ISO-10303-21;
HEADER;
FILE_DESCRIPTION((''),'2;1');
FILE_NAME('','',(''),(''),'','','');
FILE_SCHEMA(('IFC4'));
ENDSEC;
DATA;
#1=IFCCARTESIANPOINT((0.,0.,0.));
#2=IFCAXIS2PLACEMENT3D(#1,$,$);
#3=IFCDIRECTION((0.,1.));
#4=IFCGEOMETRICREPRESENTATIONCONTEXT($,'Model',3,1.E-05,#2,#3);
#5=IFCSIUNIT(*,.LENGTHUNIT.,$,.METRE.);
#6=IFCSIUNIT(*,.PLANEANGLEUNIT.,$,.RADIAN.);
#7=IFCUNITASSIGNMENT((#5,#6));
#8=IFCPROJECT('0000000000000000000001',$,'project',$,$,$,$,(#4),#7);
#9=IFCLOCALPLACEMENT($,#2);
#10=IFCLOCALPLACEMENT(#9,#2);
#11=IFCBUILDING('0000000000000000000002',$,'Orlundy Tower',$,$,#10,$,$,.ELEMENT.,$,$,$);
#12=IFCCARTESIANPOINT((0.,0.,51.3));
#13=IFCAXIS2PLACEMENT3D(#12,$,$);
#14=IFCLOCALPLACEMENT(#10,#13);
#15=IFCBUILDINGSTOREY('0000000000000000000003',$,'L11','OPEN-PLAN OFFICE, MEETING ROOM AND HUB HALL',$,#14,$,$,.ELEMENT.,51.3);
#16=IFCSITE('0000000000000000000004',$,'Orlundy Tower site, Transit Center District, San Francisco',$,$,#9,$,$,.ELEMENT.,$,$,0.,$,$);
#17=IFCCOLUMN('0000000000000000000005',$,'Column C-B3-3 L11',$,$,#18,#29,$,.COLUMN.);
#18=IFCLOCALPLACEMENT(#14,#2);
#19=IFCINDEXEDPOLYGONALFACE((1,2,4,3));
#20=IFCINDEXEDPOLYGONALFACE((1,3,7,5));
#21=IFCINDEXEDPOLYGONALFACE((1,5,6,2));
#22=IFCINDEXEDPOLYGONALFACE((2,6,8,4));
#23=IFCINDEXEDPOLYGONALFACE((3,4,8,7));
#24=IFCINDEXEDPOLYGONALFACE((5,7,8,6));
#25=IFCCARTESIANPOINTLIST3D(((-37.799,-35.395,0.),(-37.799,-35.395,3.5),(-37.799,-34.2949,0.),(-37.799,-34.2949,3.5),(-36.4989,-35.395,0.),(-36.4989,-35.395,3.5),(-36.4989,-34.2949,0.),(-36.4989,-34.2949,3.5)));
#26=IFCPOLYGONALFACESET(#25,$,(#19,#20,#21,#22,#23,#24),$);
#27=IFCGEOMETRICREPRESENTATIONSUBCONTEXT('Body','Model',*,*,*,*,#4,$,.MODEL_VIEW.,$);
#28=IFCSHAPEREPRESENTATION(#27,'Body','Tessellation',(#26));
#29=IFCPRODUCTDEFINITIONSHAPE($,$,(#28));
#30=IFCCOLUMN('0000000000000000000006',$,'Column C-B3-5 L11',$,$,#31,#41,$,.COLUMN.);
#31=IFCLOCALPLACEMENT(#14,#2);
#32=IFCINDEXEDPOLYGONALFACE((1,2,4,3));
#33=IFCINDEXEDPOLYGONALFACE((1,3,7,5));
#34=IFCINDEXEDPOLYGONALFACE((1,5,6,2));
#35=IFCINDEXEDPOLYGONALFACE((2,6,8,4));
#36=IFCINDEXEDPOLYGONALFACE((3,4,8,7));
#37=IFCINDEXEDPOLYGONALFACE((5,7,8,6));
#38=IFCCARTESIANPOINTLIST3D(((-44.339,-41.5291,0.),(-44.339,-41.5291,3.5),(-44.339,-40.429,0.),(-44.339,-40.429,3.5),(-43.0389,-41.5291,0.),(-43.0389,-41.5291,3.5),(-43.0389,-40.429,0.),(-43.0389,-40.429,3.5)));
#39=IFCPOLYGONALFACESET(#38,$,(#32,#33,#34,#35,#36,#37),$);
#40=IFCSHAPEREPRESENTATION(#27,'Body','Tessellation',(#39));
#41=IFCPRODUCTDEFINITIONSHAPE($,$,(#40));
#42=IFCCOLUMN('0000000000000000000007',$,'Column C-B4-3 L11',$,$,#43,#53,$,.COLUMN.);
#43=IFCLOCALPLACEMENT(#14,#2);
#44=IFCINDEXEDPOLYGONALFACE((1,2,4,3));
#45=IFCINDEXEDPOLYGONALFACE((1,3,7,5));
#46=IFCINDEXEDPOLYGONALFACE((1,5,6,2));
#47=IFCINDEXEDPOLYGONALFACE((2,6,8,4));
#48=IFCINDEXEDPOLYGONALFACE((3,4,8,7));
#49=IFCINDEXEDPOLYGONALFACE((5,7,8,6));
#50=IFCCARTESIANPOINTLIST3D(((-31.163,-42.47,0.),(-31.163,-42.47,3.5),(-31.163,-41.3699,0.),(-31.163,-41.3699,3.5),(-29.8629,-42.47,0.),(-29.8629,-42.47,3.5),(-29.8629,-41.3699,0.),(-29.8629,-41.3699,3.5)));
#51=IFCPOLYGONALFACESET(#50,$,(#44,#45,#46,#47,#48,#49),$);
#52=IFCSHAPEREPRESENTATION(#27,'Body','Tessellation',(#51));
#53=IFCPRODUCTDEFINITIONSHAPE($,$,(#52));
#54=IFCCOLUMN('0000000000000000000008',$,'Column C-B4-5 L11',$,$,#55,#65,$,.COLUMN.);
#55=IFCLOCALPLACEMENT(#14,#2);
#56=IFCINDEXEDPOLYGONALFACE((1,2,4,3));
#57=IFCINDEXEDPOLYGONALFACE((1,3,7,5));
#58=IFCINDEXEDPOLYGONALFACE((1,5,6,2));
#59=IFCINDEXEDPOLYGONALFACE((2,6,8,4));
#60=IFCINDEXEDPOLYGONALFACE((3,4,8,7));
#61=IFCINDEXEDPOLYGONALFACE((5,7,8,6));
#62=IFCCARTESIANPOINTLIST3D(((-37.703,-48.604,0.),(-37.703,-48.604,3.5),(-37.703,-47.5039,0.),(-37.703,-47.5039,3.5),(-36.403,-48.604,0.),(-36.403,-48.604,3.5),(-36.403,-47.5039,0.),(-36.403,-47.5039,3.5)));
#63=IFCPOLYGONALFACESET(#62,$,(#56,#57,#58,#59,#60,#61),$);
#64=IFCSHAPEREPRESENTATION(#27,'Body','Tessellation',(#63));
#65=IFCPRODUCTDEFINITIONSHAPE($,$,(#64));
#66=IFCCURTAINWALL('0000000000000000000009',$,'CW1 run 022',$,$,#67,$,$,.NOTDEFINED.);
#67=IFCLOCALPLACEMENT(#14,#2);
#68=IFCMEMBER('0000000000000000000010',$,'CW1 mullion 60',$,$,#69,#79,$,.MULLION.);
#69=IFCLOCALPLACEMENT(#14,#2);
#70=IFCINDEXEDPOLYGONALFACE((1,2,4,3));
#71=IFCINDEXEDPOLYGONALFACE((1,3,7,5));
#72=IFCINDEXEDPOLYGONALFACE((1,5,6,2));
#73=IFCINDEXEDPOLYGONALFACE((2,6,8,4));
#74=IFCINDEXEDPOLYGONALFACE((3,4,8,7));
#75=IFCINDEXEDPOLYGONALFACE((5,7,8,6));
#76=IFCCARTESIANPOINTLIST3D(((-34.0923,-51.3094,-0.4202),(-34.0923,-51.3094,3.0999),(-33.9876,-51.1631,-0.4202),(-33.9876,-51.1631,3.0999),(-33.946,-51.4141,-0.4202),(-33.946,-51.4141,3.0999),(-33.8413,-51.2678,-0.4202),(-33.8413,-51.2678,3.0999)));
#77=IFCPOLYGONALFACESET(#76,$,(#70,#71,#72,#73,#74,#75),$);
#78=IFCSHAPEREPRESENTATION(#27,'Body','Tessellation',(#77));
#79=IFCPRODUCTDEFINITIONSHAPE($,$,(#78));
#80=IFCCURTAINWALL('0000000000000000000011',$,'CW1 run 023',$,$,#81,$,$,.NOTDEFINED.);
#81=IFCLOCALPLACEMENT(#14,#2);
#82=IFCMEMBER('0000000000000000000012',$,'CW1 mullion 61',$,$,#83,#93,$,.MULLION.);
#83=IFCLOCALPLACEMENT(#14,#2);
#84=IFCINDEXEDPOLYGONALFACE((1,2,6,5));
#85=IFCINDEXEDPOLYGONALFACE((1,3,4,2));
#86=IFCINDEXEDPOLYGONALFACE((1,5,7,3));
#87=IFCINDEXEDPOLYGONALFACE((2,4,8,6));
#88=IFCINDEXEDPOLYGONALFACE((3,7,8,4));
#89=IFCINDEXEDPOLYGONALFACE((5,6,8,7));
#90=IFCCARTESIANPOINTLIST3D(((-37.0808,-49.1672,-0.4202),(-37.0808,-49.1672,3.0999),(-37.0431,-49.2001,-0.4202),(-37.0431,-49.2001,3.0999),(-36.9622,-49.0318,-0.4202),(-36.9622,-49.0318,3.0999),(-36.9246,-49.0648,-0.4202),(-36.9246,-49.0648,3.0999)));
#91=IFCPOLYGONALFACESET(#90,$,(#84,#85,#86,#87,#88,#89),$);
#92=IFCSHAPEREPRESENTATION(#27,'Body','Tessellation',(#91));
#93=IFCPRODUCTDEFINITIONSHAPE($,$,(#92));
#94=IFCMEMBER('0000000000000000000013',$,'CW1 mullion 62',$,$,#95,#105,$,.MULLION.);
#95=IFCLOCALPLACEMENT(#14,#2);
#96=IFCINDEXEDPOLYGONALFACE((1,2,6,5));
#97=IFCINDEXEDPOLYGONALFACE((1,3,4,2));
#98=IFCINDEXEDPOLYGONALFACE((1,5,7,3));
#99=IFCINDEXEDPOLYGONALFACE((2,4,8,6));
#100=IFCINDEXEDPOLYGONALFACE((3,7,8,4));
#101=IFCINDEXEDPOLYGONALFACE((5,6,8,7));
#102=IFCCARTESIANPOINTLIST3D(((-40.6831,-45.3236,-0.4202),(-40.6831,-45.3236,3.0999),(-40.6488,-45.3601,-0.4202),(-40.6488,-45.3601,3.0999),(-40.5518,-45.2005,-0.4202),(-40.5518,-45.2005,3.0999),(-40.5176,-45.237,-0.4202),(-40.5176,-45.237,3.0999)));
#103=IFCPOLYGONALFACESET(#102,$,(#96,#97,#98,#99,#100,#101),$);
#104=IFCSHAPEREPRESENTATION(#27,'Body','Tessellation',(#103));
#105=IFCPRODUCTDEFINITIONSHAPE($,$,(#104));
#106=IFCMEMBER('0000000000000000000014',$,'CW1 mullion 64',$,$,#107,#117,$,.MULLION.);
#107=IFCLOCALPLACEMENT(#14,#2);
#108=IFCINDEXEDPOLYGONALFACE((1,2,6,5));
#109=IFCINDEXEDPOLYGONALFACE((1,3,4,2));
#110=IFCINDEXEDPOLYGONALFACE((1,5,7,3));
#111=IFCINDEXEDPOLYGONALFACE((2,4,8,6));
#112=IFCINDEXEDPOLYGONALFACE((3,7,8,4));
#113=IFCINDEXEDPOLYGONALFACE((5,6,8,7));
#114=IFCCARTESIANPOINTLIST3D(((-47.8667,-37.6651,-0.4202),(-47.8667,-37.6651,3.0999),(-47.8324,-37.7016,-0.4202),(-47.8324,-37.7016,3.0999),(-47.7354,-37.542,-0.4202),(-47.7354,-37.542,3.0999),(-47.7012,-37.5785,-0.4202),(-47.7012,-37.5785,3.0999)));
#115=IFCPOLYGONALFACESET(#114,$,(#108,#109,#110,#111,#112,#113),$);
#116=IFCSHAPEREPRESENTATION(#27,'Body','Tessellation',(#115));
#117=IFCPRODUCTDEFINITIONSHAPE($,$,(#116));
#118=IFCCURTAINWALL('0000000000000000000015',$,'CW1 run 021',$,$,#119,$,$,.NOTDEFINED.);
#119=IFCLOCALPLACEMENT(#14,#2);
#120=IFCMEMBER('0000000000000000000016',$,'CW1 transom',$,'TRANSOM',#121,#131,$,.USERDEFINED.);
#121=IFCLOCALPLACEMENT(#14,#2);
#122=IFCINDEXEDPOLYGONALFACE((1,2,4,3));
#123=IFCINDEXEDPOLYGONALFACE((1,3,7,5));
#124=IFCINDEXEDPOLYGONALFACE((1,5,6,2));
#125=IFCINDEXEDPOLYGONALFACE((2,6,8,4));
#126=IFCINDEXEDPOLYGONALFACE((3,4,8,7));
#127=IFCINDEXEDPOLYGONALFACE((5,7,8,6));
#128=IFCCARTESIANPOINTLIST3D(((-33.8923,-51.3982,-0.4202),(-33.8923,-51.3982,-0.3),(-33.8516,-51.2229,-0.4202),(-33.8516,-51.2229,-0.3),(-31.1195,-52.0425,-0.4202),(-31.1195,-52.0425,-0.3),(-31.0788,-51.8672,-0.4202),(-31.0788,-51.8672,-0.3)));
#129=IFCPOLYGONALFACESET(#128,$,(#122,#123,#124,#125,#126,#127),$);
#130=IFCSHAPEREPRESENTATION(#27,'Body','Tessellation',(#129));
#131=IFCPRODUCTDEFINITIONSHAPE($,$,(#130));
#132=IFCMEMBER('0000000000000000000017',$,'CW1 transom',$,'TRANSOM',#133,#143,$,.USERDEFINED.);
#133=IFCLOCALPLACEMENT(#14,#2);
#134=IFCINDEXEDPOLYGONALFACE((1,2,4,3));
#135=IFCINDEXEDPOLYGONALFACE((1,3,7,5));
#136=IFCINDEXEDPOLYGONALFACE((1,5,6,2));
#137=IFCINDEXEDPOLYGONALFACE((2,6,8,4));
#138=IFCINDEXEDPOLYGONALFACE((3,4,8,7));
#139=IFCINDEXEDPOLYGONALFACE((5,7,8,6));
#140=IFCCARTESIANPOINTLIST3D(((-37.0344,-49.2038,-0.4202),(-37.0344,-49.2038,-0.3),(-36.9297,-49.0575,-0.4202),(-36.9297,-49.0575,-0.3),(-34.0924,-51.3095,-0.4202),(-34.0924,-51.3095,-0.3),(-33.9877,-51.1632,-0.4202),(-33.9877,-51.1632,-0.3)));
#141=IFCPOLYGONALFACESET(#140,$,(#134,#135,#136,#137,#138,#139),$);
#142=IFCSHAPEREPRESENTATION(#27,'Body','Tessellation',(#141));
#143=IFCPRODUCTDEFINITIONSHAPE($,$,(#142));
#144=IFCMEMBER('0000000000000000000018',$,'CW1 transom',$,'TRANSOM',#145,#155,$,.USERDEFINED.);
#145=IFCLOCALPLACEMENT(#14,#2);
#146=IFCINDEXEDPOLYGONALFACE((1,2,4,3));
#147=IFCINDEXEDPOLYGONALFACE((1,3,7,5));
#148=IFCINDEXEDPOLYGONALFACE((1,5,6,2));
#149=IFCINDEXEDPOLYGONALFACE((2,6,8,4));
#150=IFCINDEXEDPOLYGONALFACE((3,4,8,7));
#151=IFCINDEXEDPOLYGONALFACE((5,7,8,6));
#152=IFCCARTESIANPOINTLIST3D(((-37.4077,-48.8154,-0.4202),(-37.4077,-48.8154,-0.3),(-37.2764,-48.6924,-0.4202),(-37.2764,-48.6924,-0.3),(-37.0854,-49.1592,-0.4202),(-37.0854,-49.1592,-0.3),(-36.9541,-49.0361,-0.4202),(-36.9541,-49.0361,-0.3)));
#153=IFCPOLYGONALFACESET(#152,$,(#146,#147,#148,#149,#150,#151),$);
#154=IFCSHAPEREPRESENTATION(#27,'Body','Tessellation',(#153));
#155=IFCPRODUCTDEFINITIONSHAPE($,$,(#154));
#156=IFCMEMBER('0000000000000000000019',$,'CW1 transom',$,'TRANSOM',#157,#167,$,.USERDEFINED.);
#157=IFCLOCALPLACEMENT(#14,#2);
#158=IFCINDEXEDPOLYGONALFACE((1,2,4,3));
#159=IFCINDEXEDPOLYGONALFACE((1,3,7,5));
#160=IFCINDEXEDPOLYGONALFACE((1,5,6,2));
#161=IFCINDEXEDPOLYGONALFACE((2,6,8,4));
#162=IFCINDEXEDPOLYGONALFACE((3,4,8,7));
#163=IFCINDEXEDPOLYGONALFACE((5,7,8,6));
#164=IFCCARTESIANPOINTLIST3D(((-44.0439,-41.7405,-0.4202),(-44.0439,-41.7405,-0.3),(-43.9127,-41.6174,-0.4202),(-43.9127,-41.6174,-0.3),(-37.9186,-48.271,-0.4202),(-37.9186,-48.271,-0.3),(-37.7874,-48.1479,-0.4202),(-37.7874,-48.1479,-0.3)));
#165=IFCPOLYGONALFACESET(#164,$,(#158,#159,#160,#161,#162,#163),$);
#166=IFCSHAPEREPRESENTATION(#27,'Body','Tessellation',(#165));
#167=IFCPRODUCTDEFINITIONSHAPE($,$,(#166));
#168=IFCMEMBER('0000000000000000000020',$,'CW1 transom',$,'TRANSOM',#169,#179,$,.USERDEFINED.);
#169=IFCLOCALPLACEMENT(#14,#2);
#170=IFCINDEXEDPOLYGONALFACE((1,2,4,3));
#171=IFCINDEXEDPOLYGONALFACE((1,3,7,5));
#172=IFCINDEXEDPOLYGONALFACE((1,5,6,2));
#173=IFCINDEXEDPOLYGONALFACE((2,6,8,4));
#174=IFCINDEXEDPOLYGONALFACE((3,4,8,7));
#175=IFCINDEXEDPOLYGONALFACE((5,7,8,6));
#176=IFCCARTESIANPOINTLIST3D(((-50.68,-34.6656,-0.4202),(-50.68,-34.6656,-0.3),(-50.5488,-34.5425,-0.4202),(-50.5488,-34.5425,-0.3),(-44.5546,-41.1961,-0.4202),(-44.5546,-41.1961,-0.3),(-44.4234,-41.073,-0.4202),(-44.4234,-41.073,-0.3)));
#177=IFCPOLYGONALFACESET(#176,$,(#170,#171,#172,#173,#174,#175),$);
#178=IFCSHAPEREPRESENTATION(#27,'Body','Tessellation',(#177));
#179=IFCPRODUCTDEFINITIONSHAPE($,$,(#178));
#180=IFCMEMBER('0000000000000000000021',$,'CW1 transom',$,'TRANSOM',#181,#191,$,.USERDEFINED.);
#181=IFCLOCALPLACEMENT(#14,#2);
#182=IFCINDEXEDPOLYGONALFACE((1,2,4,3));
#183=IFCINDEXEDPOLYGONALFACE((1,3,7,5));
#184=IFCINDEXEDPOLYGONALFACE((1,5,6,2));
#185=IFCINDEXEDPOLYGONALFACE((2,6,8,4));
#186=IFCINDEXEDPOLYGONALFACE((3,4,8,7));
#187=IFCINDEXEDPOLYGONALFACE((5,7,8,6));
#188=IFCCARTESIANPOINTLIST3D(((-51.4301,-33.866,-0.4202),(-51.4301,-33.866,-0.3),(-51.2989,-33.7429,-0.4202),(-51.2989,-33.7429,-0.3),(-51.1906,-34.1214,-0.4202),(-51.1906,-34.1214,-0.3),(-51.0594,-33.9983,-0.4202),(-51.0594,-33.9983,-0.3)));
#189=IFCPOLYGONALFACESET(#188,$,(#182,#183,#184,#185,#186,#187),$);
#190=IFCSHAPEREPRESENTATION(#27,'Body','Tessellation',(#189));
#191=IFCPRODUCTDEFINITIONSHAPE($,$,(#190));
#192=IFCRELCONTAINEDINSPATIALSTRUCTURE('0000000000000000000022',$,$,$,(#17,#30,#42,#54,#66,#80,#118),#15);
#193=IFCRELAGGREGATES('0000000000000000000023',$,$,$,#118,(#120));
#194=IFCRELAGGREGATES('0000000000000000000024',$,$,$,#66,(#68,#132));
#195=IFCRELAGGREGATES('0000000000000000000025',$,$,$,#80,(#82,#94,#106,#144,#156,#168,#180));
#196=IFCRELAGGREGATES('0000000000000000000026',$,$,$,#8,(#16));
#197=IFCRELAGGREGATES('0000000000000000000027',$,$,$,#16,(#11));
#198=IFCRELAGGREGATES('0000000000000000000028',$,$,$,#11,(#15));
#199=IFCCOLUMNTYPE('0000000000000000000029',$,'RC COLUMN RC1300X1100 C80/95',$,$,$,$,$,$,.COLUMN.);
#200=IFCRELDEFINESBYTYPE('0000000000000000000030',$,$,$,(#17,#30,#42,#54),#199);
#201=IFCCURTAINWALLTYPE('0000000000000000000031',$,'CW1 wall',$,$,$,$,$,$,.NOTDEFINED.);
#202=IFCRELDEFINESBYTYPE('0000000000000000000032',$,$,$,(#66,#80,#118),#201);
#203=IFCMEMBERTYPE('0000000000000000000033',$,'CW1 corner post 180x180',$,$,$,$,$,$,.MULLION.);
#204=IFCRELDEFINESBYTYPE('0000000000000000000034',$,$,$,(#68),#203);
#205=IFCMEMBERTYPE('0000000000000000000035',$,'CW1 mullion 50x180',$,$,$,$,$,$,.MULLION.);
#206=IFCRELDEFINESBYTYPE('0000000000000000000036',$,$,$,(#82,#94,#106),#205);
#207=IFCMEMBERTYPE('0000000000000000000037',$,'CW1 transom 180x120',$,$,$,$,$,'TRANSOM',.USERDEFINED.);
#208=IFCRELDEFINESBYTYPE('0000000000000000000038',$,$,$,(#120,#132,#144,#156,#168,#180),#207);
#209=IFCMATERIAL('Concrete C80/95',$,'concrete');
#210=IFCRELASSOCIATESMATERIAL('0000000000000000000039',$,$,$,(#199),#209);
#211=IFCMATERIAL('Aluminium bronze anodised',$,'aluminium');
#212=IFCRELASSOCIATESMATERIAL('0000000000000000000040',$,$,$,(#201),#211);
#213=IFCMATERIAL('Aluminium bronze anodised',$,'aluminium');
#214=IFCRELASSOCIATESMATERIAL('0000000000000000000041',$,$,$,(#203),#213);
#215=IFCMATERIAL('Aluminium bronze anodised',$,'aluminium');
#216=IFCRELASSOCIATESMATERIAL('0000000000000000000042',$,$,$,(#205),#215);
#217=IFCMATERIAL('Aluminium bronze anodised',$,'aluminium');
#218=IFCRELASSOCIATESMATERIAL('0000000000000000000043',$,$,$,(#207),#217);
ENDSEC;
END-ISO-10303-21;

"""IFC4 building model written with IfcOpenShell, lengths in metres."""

from ifc_helpers import new_model, si_unit, direction, frame, origin, origin_2d, place, context, subcontext, project, spatial, rectangle, extrude, material, material_profile, profile_set, type_object, element, aggregate, save


model = new_model("IFC4")

# Units and contexts
model_context = context("Model", 3, precision=1e-05, world=origin(), true_north=direction((0.0, 1.0)))
body_context = subcontext(model_context, "Body", "Model", "MODEL_VIEW")
ifc_project = project(units=[si_unit("LENGTHUNIT", "METRE"), si_unit("PLANEANGLEUNIT", "RADIAN")], contexts=[model_context])

# Site, building, storey
site_placement = place(None, origin())
site = spatial("IfcSite", under=ifc_project, at=site_placement, Name="Orlundy Tower site, Transit Center District, San Francisco", CompositionType="ELEMENT", RefElevation=0.0)
building_placement = place(site_placement, origin())
building = spatial("IfcBuilding", under=site, at=building_placement, Name="Orlundy Tower", CompositionType="ELEMENT")
storey_placement = place(building_placement, frame((0.0, 0.0, 51.3)))
storey = spatial("IfcBuildingStorey", under=building, at=storey_placement, Name="L11", Description="OPEN-PLAN OFFICE, MEETING ROOM AND HUB HALL", CompositionType="ELEMENT", Elevation=51.3)

# Columns
ifc_material_1 = material(Name="Concrete C80/95", Category="concrete")
ifc_material_profile_1 = material_profile(ifc_material_1, rectangle(XDim=1.3, YDim=1.1001, at=origin_2d()), Name="RC1300X1100")
ifc_profile_set_1 = profile_set([ifc_material_profile_1], Name="Concrete C80/95")
column_type = type_object("IfcColumnType", Name="RC COLUMN RC1300X1100 C80/95", PredefinedType="COLUMN", material=ifc_profile_set_1)
for number, where, z_axis, x_axis, name in (
    (1, (-37.1489, -34.845, 0.0), (0.0, 0.0, 1.0), (1.0, 0.0, 0.0), "Column C-B3-3 L11"),
    (2, (-43.689, -40.979, 0.0), (0.0, 0.0, 1.0), (1.0, 0.0, 0.0), "Column C-B3-5 L11"),
    (3, (-30.5129, -41.9199, 0.0), (0.0, 0.0, 1.0), (1.0, 0.0, 0.0), "Column C-B4-3 L11"),
    (4, (-37.053, -48.054, 0.0), (0.0, 0.0, 1.0), (1.0, 0.0, 0.0), "Column C-B4-5 L11"),
):
    element("IfcColumn", number, at=place(storey_placement, frame(where, z_axis=z_axis, x_axis=x_axis)), inside=storey, type_object=column_type, Name=name, PredefinedType="COLUMN", context=body_context, shape_type="SweptSolid", body=[
        extrude(rectangle(XDim=1.3, YDim=1.1001, at=origin_2d()), origin(), (0.0, 0.0, 1.0), 3.5),
    ])

# Curtain wall, member
ifc_material_2 = material(Name="Aluminium bronze anodised", Category="aluminium")
curtain_wall_type = type_object("IfcCurtainWallType", Name="CW1 wall", PredefinedType="NOTDEFINED", material=ifc_material_2)
curtain_wall_1_placement = place(storey_placement, origin())
curtain_wall_1 = element("IfcCurtainWall", 5, at=curtain_wall_1_placement, inside=storey, type_object=curtain_wall_type, Name="CW1 run 022", PredefinedType="NOTDEFINED")
ifc_material_3 = material(Name="Aluminium bronze anodised", Category="aluminium")
ifc_material_profile_2 = material_profile(ifc_material_3, rectangle(XDim=0.1799, YDim=0.1799, at=origin_2d()), Name="CW1 corner post 180x180")
ifc_profile_set_2 = profile_set([ifc_material_profile_2], Name="Aluminium bronze anodised")
member_type_1 = type_object("IfcMemberType", Name="CW1 corner post 180x180", PredefinedType="MULLION", material=ifc_profile_set_2)
member_1_placement = place(storey_placement, frame((-33.9668, -51.2886, -0.4202), z_axis=(0.0, 0.0, 1.0), x_axis=(-0.581978, -0.813204, 0.0)))
member_1 = element("IfcMember", 6, at=member_1_placement, type_object=member_type_1, Name="CW1 mullion 60", PredefinedType="MULLION", context=body_context, shape_type="SweptSolid", body=[
    extrude(rectangle(XDim=0.1799, YDim=0.1799, at=origin_2d()), origin(), (0.0, 0.0, 1.0), 3.52),
])

# Curtain wall, members
curtain_wall_2_placement = place(storey_placement, origin())
curtain_wall_2 = element("IfcCurtainWall", 7, at=curtain_wall_2_placement, inside=storey, type_object=curtain_wall_type, Name="CW1 run 023", PredefinedType="NOTDEFINED")
ifc_material_4 = material(Name="Aluminium bronze anodised", Category="aluminium")
ifc_material_profile_3 = material_profile(ifc_material_4, rectangle(XDim=0.1799, YDim=0.05, at=origin_2d()), Name="CW1 mullion 50x180")
ifc_profile_set_3 = profile_set([ifc_material_profile_3], Name="Aluminium bronze anodised")
member_type_2 = type_object("IfcMemberType", Name="CW1 mullion 50x180", PredefinedType="MULLION", material=ifc_profile_set_3)
member_2_placement = place(storey_placement, frame((-37.0027, -49.116, -0.4202), z_axis=(0.0, 0.0, 1.0), x_axis=(-0.658839, -0.752284, 0.0)))
member_2 = element("IfcMember", 8, at=member_2_placement, type_object=member_type_2, Name="CW1 mullion 61", PredefinedType="MULLION", context=body_context, shape_type="SweptSolid", body=[
    extrude(rectangle(XDim=0.1799, YDim=0.05, at=origin_2d()), origin(), (0.0, 0.0, 1.0), 3.52),
])
member_3_placement = place(storey_placement, frame((-40.6003, -45.2803, -0.4202), z_axis=(0.0, 0.0, 1.0), x_axis=(-0.729363, -0.684126, 0.0)))
member_3 = element("IfcMember", 9, at=member_3_placement, type_object=member_type_2, Name="CW1 mullion 62", PredefinedType="MULLION", context=body_context, shape_type="SweptSolid", body=[
    extrude(rectangle(XDim=0.1799, YDim=0.05, at=origin_2d()), origin(), (0.0, 0.0, 1.0), 3.52),
])
member_4_placement = place(storey_placement, frame((-47.7839, -37.6218, -0.4202), z_axis=(0.0, 0.0, 1.0), x_axis=(-0.729363, -0.684126, 0.0)))
member_4 = element("IfcMember", 10, at=member_4_placement, type_object=member_type_2, Name="CW1 mullion 64", PredefinedType="MULLION", context=body_context, shape_type="SweptSolid", body=[
    extrude(rectangle(XDim=0.1799, YDim=0.05, at=origin_2d()), origin(), (0.0, 0.0, 1.0), 3.52),
])

# Curtain wall, member
curtain_wall_3_placement = place(storey_placement, origin())
curtain_wall_3 = element("IfcCurtainWall", 11, at=curtain_wall_3_placement, inside=storey, type_object=curtain_wall_type, Name="CW1 run 021", PredefinedType="NOTDEFINED")
ifc_material_5 = material(Name="Aluminium bronze anodised", Category="aluminium")
ifc_material_profile_4 = material_profile(ifc_material_5, rectangle(XDim=0.1799, YDim=0.1201, at=origin_2d()), Name="CW1 transom 180x120")
ifc_profile_set_4 = profile_set([ifc_material_profile_4], Name="Aluminium bronze anodised")
member_type_3 = type_object("IfcMemberType", Name="CW1 transom 180x120", ElementType="TRANSOM", PredefinedType="USERDEFINED", material=ifc_profile_set_4)
member_5_placement = place(storey_placement, frame((-31.0991, -51.9548, -0.3601), z_axis=(-0.974049, 0.226338, 0.0), x_axis=(-0.226338, -0.974049, 0.0)))
member_5 = element("IfcMember", 12, at=member_5_placement, type_object=member_type_3, Name="CW1 transom", ObjectType="TRANSOM", PredefinedType="USERDEFINED", context=body_context, shape_type="SweptSolid", body=[
    extrude(rectangle(XDim=0.1799, YDim=0.1201, at=origin_2d()), origin(), (0.0, 0.0, 1.0), 2.8467),
])

# Members
member_6_placement = place(storey_placement, frame((-34.04, -51.2363, -0.3601), z_axis=(-0.813186, 0.582004, 0.0), x_axis=(-0.582004, -0.813186, 0.0)))
member_6 = element("IfcMember", 13, at=member_6_placement, type_object=member_type_3, Name="CW1 transom", ObjectType="TRANSOM", PredefinedType="USERDEFINED", context=body_context, shape_type="SweptSolid", body=[
    extrude(rectangle(XDim=0.1799, YDim=0.1201, at=origin_2d()), origin(), (0.0, 0.0, 1.0), 3.6179),
])
member_7_placement = place(storey_placement, frame((-37.0198, -49.0977, -0.3601), z_axis=(-0.683941, 0.729537, 0.0), x_axis=(-0.729537, -0.683941, 0.0)))
member_7 = element("IfcMember", 14, at=member_7_placement, type_object=member_type_3, Name="CW1 transom", ObjectType="TRANSOM", PredefinedType="USERDEFINED", context=body_context, shape_type="SweptSolid", body=[
    extrude(rectangle(XDim=0.1799, YDim=0.1201, at=origin_2d()), origin(), (0.0, 0.0, 1.0), 0.4712),
])
member_8_placement = place(storey_placement, frame((-37.853, -48.2095, -0.3601), z_axis=(-0.684113, 0.729376, 0.0), x_axis=(-0.729376, -0.684113, 0.0)))
member_8 = element("IfcMember", 15, at=member_8_placement, type_object=member_type_3, Name="CW1 transom", ObjectType="TRANSOM", PredefinedType="USERDEFINED", context=body_context, shape_type="SweptSolid", body=[
    extrude(rectangle(XDim=0.1799, YDim=0.1201, at=origin_2d()), origin(), (0.0, 0.0, 1.0), 8.9536),
])
member_9_placement = place(storey_placement, frame((-44.489, -41.1345, -0.3601), z_axis=(-0.684127, 0.729363, 0.0), x_axis=(-0.729363, -0.684127, 0.0)))
member_9 = element("IfcMember", 16, at=member_9_placement, type_object=member_type_3, Name="CW1 transom", ObjectType="TRANSOM", PredefinedType="USERDEFINED", context=body_context, shape_type="SweptSolid", body=[
    extrude(rectangle(XDim=0.1799, YDim=0.1201, at=origin_2d()), origin(), (0.0, 0.0, 1.0), 8.9536),
])
member_10_placement = place(storey_placement, frame((-51.125, -34.0598, -0.3601), z_axis=(-0.68408, 0.729407, 0.0), x_axis=(-0.729407, -0.68408, 0.0)))
member_10 = element("IfcMember", 17, at=member_10_placement, type_object=member_type_3, Name="CW1 transom", ObjectType="TRANSOM", PredefinedType="USERDEFINED", context=body_context, shape_type="SweptSolid", body=[
    extrude(rectangle(XDim=0.1799, YDim=0.1201, at=origin_2d()), origin(), (0.0, 0.0, 1.0), 0.3501),
])

aggregate(curtain_wall_3, [member_5])
aggregate(curtain_wall_1, [member_1, member_6])
aggregate(curtain_wall_2, [member_2, member_3, member_4, member_7, member_8, member_9, member_10])

save(model, "model.ifc")
